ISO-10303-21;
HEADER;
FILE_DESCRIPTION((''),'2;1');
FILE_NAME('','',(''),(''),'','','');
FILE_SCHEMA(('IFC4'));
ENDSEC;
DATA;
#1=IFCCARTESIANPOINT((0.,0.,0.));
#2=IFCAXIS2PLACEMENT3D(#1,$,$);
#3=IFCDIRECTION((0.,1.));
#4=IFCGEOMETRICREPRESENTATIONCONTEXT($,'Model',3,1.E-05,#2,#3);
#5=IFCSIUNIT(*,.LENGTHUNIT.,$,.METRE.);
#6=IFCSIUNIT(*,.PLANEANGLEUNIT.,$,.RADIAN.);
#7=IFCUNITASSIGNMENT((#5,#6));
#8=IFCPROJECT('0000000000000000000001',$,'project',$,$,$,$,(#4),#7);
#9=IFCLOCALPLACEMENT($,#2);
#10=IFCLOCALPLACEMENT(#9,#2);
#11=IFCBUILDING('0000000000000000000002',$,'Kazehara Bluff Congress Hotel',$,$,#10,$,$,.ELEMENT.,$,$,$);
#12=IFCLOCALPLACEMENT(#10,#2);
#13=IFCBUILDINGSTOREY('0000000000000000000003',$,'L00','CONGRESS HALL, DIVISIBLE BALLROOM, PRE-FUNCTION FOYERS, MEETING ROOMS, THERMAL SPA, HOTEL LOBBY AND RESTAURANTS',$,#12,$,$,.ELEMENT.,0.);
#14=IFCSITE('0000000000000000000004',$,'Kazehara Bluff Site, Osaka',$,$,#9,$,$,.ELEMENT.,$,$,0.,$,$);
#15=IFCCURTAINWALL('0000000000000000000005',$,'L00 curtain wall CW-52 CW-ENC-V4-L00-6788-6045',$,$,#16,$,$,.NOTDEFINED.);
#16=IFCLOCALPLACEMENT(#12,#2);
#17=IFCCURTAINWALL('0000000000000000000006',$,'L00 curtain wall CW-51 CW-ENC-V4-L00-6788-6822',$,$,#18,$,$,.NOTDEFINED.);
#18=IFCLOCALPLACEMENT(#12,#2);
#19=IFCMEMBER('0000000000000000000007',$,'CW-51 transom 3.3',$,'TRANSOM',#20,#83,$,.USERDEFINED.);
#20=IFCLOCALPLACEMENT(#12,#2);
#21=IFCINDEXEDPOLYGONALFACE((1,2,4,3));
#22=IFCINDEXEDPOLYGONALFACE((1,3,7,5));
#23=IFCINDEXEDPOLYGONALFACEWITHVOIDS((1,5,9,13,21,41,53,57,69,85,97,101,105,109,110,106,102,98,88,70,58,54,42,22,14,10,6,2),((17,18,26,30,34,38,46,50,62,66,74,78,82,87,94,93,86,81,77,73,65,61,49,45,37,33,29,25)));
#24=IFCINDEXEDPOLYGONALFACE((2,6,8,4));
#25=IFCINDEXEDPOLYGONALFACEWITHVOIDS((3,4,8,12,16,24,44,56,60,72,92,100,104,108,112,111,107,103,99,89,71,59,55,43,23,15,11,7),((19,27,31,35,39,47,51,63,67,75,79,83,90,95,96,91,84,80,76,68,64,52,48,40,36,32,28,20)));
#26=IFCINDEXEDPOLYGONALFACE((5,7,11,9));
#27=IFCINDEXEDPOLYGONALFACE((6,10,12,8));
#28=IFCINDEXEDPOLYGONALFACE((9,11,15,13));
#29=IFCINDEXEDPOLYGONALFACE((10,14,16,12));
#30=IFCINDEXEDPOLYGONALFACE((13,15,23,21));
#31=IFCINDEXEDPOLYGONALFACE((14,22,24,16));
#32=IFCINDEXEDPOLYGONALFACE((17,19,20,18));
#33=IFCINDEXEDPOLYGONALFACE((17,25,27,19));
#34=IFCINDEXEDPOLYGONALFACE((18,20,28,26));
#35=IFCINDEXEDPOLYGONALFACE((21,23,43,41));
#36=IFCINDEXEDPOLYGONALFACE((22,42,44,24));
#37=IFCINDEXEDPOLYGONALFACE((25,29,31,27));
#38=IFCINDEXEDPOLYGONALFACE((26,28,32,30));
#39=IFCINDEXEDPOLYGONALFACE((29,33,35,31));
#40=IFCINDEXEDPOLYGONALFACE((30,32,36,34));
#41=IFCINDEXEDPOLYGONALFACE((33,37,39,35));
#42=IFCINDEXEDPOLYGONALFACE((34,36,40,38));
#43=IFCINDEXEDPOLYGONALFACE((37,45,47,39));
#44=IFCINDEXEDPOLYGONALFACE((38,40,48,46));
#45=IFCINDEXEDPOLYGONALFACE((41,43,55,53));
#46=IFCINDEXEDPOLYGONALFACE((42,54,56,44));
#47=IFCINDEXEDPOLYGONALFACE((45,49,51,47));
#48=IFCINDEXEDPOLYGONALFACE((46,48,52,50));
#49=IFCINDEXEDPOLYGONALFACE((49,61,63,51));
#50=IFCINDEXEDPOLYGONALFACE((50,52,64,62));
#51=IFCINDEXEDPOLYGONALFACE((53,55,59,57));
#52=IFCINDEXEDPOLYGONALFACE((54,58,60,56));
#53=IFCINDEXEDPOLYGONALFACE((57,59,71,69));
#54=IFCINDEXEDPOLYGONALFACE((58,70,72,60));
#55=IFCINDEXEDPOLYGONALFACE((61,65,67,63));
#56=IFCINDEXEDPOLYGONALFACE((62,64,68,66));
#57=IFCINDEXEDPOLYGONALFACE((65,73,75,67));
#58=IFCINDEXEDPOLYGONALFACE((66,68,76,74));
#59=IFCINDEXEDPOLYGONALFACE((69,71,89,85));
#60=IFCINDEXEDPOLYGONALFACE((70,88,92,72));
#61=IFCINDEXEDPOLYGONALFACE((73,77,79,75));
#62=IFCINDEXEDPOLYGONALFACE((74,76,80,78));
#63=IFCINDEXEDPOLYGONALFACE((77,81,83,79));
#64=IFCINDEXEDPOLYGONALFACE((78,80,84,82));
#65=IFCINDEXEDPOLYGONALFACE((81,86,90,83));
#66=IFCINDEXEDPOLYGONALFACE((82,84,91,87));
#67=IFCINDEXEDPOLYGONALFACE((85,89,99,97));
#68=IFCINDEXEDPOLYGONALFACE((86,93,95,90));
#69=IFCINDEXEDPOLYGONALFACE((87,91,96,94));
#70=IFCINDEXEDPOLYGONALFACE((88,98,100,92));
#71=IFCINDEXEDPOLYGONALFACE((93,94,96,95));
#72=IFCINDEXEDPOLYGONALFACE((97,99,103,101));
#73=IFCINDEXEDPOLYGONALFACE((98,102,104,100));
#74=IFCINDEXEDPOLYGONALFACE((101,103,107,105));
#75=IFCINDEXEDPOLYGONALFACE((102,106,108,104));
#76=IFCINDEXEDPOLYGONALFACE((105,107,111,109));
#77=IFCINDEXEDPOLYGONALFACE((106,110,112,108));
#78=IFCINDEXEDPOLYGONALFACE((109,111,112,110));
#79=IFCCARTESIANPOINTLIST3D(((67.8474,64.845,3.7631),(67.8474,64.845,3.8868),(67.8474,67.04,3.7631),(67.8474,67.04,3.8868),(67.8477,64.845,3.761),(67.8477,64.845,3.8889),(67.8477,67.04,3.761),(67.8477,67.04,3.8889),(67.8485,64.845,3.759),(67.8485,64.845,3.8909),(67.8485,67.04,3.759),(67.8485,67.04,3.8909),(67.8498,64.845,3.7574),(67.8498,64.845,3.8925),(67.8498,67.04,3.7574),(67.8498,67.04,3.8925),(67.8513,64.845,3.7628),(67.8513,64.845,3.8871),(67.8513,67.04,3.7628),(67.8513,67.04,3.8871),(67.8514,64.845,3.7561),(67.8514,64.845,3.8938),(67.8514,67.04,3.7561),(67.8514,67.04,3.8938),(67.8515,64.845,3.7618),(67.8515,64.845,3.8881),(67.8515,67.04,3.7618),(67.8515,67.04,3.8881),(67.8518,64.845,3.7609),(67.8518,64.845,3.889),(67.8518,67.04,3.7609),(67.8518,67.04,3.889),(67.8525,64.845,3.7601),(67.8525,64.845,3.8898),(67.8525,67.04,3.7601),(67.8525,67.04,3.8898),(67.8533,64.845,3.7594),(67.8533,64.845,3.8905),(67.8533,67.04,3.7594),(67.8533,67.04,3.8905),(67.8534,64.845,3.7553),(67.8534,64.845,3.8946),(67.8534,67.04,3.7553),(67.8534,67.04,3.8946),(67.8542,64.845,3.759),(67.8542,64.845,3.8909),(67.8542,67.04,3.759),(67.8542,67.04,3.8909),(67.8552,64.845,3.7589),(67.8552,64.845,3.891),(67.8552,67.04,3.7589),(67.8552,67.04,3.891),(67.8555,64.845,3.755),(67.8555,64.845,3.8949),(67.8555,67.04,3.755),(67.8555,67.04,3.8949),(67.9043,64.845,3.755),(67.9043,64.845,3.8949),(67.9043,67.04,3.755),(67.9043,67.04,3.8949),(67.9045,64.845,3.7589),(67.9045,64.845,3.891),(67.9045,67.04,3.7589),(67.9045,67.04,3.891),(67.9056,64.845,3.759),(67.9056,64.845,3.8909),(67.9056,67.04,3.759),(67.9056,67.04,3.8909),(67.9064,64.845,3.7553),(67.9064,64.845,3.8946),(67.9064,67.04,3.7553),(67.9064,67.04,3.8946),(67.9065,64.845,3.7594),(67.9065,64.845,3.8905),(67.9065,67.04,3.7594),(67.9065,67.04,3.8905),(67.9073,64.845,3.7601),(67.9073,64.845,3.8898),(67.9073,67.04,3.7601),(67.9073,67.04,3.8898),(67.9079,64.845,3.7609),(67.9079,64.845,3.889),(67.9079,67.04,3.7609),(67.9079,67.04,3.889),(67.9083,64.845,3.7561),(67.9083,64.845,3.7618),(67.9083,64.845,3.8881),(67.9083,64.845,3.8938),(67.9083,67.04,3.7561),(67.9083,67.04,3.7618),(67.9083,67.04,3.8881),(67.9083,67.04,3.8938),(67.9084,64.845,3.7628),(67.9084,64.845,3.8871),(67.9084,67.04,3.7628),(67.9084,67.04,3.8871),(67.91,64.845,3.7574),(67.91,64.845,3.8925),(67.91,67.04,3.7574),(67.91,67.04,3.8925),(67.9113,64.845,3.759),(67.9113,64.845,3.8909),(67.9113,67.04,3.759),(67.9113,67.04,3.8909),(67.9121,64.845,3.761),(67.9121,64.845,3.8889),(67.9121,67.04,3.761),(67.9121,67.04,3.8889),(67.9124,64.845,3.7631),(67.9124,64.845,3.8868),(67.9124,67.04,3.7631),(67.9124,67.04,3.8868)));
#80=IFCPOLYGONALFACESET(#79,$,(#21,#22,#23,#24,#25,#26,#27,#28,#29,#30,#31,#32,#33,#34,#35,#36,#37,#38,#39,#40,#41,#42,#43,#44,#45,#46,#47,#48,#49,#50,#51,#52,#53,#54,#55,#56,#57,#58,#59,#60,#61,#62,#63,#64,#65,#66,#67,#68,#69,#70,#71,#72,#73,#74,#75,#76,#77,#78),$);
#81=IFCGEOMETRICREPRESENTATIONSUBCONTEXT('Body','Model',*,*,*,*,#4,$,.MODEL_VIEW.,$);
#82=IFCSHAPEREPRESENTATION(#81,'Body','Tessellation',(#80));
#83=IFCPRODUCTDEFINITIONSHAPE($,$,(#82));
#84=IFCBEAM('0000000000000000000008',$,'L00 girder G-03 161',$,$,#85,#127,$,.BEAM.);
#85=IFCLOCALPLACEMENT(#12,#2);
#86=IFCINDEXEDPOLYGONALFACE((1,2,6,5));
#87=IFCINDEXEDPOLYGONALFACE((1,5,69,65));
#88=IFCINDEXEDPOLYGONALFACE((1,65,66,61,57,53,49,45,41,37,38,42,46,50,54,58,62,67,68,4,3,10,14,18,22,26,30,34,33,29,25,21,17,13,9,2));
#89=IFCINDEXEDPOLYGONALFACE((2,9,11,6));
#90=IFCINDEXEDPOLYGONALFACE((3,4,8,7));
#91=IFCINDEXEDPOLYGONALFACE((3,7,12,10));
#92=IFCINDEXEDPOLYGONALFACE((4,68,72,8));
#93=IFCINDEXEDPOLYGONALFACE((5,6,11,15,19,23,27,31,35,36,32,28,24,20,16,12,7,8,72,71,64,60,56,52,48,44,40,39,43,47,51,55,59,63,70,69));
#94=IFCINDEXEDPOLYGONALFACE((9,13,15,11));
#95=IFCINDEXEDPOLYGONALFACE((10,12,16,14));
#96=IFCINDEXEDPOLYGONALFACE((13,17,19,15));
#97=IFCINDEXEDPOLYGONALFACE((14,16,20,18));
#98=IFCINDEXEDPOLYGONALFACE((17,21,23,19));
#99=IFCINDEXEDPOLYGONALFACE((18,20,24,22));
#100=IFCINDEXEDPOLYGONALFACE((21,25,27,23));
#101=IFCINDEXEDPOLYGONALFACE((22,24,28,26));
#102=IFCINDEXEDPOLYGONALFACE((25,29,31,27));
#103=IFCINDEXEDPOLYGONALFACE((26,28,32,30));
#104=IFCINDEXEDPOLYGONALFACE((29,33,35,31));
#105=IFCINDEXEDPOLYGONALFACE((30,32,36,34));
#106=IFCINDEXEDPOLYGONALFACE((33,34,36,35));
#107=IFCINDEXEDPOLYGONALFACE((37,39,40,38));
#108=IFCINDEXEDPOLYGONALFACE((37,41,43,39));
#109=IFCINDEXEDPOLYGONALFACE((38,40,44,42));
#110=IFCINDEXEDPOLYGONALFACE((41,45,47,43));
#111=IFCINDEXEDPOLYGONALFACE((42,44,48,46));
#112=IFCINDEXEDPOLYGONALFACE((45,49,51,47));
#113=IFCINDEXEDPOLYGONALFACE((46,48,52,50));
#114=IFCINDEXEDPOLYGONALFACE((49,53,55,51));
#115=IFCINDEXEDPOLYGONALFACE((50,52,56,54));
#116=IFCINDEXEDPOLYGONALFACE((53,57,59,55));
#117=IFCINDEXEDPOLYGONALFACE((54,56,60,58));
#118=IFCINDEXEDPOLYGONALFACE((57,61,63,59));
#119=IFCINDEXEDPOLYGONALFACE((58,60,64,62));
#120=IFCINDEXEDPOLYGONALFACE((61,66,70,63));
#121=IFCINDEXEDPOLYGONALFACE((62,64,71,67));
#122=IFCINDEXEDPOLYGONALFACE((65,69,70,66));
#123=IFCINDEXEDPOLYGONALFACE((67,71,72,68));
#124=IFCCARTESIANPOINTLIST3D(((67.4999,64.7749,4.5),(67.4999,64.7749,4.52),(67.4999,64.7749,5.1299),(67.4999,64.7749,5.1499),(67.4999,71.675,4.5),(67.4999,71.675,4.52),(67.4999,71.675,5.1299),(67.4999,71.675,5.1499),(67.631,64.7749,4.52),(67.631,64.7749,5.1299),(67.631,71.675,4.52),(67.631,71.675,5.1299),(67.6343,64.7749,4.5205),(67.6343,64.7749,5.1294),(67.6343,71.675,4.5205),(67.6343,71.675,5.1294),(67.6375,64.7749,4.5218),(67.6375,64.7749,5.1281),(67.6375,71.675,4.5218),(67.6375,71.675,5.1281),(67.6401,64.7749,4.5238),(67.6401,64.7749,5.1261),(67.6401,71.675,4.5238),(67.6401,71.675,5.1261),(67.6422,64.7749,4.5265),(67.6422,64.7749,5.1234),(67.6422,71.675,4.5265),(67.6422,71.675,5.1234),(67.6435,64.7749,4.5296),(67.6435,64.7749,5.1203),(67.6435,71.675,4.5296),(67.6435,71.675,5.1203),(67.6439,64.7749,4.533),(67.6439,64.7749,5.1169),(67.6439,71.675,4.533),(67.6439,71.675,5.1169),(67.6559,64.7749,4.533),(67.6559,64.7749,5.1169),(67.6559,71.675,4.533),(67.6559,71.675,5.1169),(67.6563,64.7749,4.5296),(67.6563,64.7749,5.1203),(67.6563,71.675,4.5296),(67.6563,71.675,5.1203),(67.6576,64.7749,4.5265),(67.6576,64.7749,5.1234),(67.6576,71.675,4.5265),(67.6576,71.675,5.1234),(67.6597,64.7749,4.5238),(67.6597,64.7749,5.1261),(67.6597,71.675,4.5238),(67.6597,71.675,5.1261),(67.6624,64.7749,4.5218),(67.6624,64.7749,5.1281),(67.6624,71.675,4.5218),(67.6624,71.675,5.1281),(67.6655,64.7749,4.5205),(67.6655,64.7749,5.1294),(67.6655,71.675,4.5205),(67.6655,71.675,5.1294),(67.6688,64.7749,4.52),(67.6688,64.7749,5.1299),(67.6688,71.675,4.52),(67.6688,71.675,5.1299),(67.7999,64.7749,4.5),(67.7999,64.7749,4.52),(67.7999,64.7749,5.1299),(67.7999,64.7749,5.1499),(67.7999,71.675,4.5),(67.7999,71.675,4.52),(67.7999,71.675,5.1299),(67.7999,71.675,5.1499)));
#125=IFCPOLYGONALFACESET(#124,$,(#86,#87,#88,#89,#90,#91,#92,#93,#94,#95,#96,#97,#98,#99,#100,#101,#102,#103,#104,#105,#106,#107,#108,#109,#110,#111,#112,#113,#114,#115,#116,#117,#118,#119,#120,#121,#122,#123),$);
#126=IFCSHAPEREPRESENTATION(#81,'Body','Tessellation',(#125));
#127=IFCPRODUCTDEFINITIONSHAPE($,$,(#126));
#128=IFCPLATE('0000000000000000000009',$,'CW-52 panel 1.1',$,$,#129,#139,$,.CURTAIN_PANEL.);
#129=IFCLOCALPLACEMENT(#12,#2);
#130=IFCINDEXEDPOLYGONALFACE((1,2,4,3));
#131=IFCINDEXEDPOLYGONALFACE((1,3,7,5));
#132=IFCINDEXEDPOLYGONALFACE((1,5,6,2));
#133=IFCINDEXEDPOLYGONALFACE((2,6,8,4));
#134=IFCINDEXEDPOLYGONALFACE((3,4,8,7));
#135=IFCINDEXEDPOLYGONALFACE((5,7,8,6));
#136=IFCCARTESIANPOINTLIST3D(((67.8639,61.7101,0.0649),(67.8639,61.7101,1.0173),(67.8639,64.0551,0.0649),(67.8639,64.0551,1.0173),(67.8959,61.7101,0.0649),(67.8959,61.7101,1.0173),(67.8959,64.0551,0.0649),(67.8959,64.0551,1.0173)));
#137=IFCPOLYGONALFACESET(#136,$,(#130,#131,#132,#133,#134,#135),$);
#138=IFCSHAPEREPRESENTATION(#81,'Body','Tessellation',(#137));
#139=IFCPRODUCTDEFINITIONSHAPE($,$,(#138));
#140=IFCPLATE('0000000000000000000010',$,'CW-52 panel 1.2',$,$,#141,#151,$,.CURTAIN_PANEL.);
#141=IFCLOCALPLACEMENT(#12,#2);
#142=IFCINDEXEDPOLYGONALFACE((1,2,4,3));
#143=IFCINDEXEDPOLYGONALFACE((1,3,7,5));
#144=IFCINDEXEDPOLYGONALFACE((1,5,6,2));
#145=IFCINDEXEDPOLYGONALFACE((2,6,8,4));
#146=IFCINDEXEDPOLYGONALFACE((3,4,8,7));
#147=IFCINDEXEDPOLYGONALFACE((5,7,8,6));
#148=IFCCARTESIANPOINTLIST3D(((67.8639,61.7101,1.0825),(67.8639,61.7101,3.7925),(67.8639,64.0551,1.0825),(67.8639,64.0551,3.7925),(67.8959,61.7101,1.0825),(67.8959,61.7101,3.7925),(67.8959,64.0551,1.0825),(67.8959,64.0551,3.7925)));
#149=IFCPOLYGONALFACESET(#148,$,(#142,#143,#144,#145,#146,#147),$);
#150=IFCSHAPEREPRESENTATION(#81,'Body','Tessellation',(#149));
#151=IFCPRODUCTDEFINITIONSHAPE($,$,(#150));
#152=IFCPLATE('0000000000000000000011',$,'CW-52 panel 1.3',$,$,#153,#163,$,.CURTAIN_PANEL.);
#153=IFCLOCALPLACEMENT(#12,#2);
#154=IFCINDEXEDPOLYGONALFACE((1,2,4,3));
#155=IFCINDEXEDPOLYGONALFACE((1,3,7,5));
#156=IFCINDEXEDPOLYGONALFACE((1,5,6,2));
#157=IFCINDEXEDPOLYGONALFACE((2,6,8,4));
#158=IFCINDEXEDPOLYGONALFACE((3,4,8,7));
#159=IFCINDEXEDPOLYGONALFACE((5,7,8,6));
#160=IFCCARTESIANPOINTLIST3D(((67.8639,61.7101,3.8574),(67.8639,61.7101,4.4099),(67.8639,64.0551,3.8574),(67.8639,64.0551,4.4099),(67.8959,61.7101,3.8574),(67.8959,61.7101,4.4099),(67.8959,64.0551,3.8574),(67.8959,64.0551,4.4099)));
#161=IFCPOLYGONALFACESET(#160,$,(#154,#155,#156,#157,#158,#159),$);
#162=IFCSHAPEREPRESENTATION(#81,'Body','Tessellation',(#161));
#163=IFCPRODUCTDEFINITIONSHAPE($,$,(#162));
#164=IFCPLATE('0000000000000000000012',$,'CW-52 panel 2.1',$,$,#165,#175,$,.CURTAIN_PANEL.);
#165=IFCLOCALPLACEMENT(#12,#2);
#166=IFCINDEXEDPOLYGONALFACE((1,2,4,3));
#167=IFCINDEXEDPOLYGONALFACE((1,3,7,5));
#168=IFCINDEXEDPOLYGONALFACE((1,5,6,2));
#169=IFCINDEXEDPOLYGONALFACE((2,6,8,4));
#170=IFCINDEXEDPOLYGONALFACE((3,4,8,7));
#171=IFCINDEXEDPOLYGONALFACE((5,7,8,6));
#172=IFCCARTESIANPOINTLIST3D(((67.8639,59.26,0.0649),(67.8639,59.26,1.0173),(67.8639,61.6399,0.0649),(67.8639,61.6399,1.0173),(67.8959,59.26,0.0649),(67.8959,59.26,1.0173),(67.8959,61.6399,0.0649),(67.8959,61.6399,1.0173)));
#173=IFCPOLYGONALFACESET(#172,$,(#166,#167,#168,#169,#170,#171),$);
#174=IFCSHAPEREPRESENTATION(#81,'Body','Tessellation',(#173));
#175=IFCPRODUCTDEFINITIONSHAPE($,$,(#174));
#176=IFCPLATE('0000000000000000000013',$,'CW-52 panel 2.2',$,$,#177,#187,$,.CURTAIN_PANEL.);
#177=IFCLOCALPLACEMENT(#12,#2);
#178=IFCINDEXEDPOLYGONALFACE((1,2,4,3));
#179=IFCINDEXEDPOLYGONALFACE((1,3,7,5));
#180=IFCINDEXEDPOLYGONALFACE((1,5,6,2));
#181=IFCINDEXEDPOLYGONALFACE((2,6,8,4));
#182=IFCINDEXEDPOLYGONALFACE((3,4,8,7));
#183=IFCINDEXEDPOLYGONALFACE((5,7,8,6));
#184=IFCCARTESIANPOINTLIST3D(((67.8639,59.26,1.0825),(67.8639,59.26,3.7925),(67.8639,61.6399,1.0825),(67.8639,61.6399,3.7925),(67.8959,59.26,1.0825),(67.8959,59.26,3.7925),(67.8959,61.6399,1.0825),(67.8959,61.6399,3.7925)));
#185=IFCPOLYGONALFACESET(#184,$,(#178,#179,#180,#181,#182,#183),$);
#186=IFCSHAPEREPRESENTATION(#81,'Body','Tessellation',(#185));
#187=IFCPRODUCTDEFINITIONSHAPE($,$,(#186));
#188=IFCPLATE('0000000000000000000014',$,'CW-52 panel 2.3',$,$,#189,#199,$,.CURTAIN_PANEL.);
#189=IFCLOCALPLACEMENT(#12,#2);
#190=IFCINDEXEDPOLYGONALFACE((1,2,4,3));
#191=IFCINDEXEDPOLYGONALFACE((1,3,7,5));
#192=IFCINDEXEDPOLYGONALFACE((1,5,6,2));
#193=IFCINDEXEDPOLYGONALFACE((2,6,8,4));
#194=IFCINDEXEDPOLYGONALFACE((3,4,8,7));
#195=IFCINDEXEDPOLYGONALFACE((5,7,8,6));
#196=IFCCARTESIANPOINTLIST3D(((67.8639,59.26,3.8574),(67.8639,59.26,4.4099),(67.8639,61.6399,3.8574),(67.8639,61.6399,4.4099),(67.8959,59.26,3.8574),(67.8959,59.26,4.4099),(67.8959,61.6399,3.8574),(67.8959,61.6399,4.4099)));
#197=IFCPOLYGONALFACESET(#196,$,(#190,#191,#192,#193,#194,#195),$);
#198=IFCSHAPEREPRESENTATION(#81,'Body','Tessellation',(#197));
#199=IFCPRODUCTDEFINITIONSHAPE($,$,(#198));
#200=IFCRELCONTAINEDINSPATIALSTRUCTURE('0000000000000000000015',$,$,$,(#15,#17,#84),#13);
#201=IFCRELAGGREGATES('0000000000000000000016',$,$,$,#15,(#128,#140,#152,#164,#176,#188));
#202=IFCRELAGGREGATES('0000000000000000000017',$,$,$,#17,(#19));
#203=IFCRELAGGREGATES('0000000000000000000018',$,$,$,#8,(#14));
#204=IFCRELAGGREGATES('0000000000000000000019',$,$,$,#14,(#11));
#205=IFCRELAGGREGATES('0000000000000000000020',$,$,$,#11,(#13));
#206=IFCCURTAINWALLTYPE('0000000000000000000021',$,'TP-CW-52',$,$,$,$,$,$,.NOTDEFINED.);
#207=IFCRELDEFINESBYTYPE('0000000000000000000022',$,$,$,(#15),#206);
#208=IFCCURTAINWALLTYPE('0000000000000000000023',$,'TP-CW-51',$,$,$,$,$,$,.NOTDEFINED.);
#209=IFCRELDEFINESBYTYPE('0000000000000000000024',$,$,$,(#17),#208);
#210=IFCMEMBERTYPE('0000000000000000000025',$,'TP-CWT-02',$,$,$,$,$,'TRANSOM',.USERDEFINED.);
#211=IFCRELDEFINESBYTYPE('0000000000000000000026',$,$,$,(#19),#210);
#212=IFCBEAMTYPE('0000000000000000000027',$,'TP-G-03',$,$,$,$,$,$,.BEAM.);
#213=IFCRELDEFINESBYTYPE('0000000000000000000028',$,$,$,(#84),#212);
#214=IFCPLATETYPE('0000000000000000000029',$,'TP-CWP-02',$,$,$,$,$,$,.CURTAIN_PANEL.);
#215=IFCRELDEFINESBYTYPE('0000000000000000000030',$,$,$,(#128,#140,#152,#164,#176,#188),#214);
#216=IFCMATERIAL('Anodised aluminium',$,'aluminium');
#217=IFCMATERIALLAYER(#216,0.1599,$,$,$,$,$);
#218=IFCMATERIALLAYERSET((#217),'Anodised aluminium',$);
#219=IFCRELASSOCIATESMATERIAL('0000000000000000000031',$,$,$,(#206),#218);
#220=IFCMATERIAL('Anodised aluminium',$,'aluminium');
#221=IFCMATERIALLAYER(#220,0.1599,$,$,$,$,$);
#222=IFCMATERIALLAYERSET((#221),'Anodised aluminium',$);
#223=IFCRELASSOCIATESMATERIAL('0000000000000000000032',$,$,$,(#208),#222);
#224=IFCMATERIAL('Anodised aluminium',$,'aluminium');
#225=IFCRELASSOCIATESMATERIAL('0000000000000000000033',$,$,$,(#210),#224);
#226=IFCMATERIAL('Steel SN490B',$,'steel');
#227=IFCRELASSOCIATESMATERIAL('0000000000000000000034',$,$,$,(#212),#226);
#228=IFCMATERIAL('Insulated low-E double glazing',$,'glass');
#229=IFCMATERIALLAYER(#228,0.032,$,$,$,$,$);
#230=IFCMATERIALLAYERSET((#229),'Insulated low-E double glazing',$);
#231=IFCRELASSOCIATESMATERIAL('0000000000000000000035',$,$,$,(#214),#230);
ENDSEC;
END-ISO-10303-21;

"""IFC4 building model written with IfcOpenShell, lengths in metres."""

from ifc_helpers import new_model, si_unit, direction, frame, origin, origin_2d, place, context, subcontext, project, spatial, rectangle, hollow_rectangle, i_section, extrude, material, layer, layer_set, material_profile, profile_set, type_object, element, aggregate, save


model = new_model("IFC4")

# Units and contexts
model_context = context("Model", 3, precision=1e-05, world=origin(), true_north=direction((0.0, 1.0)))
body_context = subcontext(model_context, "Body", "Model", "MODEL_VIEW")
ifc_project = project(units=[si_unit("LENGTHUNIT", "METRE"), si_unit("PLANEANGLEUNIT", "RADIAN")], contexts=[model_context])

# Site, building, storey
site_placement = place(None, origin())
site = spatial("IfcSite", under=ifc_project, at=site_placement, Name="Kazehara Bluff Site, Osaka", CompositionType="ELEMENT", RefElevation=0.0)
building_placement = place(site_placement, origin())
building = spatial("IfcBuilding", under=site, at=building_placement, Name="Kazehara Bluff Congress Hotel", CompositionType="ELEMENT")
storey_placement = place(building_placement, origin())
storey = spatial("IfcBuildingStorey", under=building, at=storey_placement, Name="L00", Description="CONGRESS HALL, DIVISIBLE BALLROOM, PRE-FUNCTION FOYERS, MEETING ROOMS, THERMAL SPA, HOTEL LOBBY AND RESTAURANTS", CompositionType="ELEMENT", Elevation=0.0)

# Curtain wall
ifc_material_1 = material(Name="Anodised aluminium", Category="aluminium")
ifc_layer_1 = layer(ifc_material_1, 0.1599)
ifc_layer_set_1 = layer_set([ifc_layer_1], Name="Anodised aluminium")
curtain_wall_type_1 = type_object("IfcCurtainWallType", Name="TP-CW-52", PredefinedType="NOTDEFINED", material=ifc_layer_set_1)
curtain_wall_1_placement = place(storey_placement, origin())
curtain_wall_1 = element("IfcCurtainWall", 1, at=curtain_wall_1_placement, inside=storey, type_object=curtain_wall_type_1, Name="L00 curtain wall CW-52 CW-ENC-V4-L00-6788-6045", PredefinedType="NOTDEFINED")

# Curtain wall
ifc_material_2 = material(Name="Anodised aluminium", Category="aluminium")
ifc_layer_2 = layer(ifc_material_2, 0.1599)
ifc_layer_set_2 = layer_set([ifc_layer_2], Name="Anodised aluminium")
curtain_wall_type_2 = type_object("IfcCurtainWallType", Name="TP-CW-51", PredefinedType="NOTDEFINED", material=ifc_layer_set_2)
curtain_wall_2_placement = place(storey_placement, origin())
curtain_wall_2 = element("IfcCurtainWall", 2, at=curtain_wall_2_placement, inside=storey, type_object=curtain_wall_type_2, Name="L00 curtain wall CW-51 CW-ENC-V4-L00-6788-6822", PredefinedType="NOTDEFINED")

# Member
ifc_material_3 = material(Name="Anodised aluminium", Category="aluminium")
ifc_material_profile_1 = material_profile(ifc_material_3, hollow_rectangle(XDim=0.0649, YDim=0.1399, WallThickness=0.0039, InnerFilletRadius=0.0039, OuterFilletRadius=0.0081, at=origin_2d()))
ifc_profile_set_1 = profile_set([ifc_material_profile_1], Name="Anodised aluminium")
member_type_1 = type_object("IfcMemberType", Name="TP-CWT-02", ElementType="TRANSOM", PredefinedType="USERDEFINED", material=ifc_profile_set_1)
member_1_placement = place(storey_placement, frame((67.8799, 67.04, 3.825), z_axis=(0.0, -1.0, 0.0), x_axis=(1.0, 0.0, 0.0)))
member_1 = element("IfcMember", 3, at=member_1_placement, type_object=member_type_1, Name="CW-51 transom 3.3", ObjectType="TRANSOM", PredefinedType="USERDEFINED", context=body_context, shape_type="SweptSolid", body=[
    extrude(hollow_rectangle(XDim=0.0649, YDim=0.1399, WallThickness=0.0039, InnerFilletRadius=0.0039, OuterFilletRadius=0.0081, at=origin_2d()), origin(), (0.0, 0.0, 1.0), 2.1951),
])

# Beam
ifc_material_4 = material(Name="Steel SN490B", Category="steel")
ifc_material_profile_2 = material_profile(ifc_material_4, i_section(OverallWidth=0.3, OverallDepth=0.6499, WebThickness=0.012, FlangeThickness=0.02, FilletRadius=0.0129, at=origin_2d()))
ifc_profile_set_2 = profile_set([ifc_material_profile_2], Name="Steel SN490B")
beam_type = type_object("IfcBeamType", Name="TP-G-03", PredefinedType="BEAM", material=ifc_profile_set_2)
beam_placement = place(storey_placement, frame((67.6499, 64.7749, 4.825), z_axis=(0.0, 1.0, 0.0), x_axis=(-1.0, 0.0, 0.0)))
element("IfcBeam", 4, at=beam_placement, inside=storey, type_object=beam_type, Name="L00 girder G-03 161", PredefinedType="BEAM", context=body_context, shape_type="SweptSolid", body=[
    extrude(i_section(OverallWidth=0.3, OverallDepth=0.6499, WebThickness=0.012, FlangeThickness=0.02, FilletRadius=0.0129, at=origin_2d()), origin(), (0.0, 0.0, 1.0), 6.9001),
])

# Plates
ifc_material_5 = material(Name="Insulated low-E double glazing", Category="glass")
ifc_layer_3 = layer(ifc_material_5, 0.032)
ifc_layer_set_3 = layer_set([ifc_layer_3], Name="Insulated low-E double glazing")
plate_type = type_object("IfcPlateType", Name="TP-CWP-02", PredefinedType="CURTAIN_PANEL", material=ifc_layer_set_3)
plate_1_placement = place(storey_placement, frame((67.8799, 62.8826, 0.0649), z_axis=(0.0, 0.0, 1.0), x_axis=(0.0, -1.0, 0.0)))
plate_1 = element("IfcPlate", 5, at=plate_1_placement, type_object=plate_type, Name="CW-52 panel 1.1", PredefinedType="CURTAIN_PANEL", context=body_context, shape_type="SweptSolid", body=[
    extrude(rectangle(XDim=2.345, YDim=0.032, at=origin_2d()), origin(), (0.0, 0.0, 1.0), 0.9524),
])
plate_2_placement = place(storey_placement, frame((67.8799, 62.8826, 1.0825), z_axis=(0.0, 0.0, 1.0), x_axis=(0.0, -1.0, 0.0)))
plate_2 = element("IfcPlate", 6, at=plate_2_placement, type_object=plate_type, Name="CW-52 panel 1.2", PredefinedType="CURTAIN_PANEL", context=body_context, shape_type="SweptSolid", body=[
    extrude(rectangle(XDim=2.345, YDim=0.032, at=origin_2d()), origin(), (0.0, 0.0, 1.0), 2.71),
])
plate_3_placement = place(storey_placement, frame((67.8799, 62.8826, 3.8574), z_axis=(0.0, 0.0, 1.0), x_axis=(0.0, -1.0, 0.0)))
plate_3 = element("IfcPlate", 7, at=plate_3_placement, type_object=plate_type, Name="CW-52 panel 1.3", PredefinedType="CURTAIN_PANEL", context=body_context, shape_type="SweptSolid", body=[
    extrude(rectangle(XDim=2.345, YDim=0.032, at=origin_2d()), origin(), (0.0, 0.0, 1.0), 0.5525),
])
plate_4_placement = place(storey_placement, frame((67.8799, 60.45, 0.0649), z_axis=(0.0, 0.0, 1.0), x_axis=(0.0, -1.0, 0.0)))
plate_4 = element("IfcPlate", 8, at=plate_4_placement, type_object=plate_type, Name="CW-52 panel 2.1", PredefinedType="CURTAIN_PANEL", context=body_context, shape_type="SweptSolid", body=[
    extrude(rectangle(XDim=2.3799, YDim=0.032, at=origin_2d()), origin(), (0.0, 0.0, 1.0), 0.9524),
])
plate_5_placement = place(storey_placement, frame((67.8799, 60.45, 1.0825), z_axis=(0.0, 0.0, 1.0), x_axis=(0.0, -1.0, 0.0)))
plate_5 = element("IfcPlate", 9, at=plate_5_placement, type_object=plate_type, Name="CW-52 panel 2.2", PredefinedType="CURTAIN_PANEL", context=body_context, shape_type="SweptSolid", body=[
    extrude(rectangle(XDim=2.3799, YDim=0.032, at=origin_2d()), origin(), (0.0, 0.0, 1.0), 2.71),
])
plate_6_placement = place(storey_placement, frame((67.8799, 60.45, 3.8574), z_axis=(0.0, 0.0, 1.0), x_axis=(0.0, -1.0, 0.0)))
plate_6 = element("IfcPlate", 10, at=plate_6_placement, type_object=plate_type, Name="CW-52 panel 2.3", PredefinedType="CURTAIN_PANEL", context=body_context, shape_type="SweptSolid", body=[
    extrude(rectangle(XDim=2.3799, YDim=0.032, at=origin_2d()), origin(), (0.0, 0.0, 1.0), 0.5525),
])
aggregate(curtain_wall_1, [plate_1, plate_2, plate_3, plate_4, plate_5, plate_6])
aggregate(curtain_wall_2, [member_1])

save(model, "model.ifc")
